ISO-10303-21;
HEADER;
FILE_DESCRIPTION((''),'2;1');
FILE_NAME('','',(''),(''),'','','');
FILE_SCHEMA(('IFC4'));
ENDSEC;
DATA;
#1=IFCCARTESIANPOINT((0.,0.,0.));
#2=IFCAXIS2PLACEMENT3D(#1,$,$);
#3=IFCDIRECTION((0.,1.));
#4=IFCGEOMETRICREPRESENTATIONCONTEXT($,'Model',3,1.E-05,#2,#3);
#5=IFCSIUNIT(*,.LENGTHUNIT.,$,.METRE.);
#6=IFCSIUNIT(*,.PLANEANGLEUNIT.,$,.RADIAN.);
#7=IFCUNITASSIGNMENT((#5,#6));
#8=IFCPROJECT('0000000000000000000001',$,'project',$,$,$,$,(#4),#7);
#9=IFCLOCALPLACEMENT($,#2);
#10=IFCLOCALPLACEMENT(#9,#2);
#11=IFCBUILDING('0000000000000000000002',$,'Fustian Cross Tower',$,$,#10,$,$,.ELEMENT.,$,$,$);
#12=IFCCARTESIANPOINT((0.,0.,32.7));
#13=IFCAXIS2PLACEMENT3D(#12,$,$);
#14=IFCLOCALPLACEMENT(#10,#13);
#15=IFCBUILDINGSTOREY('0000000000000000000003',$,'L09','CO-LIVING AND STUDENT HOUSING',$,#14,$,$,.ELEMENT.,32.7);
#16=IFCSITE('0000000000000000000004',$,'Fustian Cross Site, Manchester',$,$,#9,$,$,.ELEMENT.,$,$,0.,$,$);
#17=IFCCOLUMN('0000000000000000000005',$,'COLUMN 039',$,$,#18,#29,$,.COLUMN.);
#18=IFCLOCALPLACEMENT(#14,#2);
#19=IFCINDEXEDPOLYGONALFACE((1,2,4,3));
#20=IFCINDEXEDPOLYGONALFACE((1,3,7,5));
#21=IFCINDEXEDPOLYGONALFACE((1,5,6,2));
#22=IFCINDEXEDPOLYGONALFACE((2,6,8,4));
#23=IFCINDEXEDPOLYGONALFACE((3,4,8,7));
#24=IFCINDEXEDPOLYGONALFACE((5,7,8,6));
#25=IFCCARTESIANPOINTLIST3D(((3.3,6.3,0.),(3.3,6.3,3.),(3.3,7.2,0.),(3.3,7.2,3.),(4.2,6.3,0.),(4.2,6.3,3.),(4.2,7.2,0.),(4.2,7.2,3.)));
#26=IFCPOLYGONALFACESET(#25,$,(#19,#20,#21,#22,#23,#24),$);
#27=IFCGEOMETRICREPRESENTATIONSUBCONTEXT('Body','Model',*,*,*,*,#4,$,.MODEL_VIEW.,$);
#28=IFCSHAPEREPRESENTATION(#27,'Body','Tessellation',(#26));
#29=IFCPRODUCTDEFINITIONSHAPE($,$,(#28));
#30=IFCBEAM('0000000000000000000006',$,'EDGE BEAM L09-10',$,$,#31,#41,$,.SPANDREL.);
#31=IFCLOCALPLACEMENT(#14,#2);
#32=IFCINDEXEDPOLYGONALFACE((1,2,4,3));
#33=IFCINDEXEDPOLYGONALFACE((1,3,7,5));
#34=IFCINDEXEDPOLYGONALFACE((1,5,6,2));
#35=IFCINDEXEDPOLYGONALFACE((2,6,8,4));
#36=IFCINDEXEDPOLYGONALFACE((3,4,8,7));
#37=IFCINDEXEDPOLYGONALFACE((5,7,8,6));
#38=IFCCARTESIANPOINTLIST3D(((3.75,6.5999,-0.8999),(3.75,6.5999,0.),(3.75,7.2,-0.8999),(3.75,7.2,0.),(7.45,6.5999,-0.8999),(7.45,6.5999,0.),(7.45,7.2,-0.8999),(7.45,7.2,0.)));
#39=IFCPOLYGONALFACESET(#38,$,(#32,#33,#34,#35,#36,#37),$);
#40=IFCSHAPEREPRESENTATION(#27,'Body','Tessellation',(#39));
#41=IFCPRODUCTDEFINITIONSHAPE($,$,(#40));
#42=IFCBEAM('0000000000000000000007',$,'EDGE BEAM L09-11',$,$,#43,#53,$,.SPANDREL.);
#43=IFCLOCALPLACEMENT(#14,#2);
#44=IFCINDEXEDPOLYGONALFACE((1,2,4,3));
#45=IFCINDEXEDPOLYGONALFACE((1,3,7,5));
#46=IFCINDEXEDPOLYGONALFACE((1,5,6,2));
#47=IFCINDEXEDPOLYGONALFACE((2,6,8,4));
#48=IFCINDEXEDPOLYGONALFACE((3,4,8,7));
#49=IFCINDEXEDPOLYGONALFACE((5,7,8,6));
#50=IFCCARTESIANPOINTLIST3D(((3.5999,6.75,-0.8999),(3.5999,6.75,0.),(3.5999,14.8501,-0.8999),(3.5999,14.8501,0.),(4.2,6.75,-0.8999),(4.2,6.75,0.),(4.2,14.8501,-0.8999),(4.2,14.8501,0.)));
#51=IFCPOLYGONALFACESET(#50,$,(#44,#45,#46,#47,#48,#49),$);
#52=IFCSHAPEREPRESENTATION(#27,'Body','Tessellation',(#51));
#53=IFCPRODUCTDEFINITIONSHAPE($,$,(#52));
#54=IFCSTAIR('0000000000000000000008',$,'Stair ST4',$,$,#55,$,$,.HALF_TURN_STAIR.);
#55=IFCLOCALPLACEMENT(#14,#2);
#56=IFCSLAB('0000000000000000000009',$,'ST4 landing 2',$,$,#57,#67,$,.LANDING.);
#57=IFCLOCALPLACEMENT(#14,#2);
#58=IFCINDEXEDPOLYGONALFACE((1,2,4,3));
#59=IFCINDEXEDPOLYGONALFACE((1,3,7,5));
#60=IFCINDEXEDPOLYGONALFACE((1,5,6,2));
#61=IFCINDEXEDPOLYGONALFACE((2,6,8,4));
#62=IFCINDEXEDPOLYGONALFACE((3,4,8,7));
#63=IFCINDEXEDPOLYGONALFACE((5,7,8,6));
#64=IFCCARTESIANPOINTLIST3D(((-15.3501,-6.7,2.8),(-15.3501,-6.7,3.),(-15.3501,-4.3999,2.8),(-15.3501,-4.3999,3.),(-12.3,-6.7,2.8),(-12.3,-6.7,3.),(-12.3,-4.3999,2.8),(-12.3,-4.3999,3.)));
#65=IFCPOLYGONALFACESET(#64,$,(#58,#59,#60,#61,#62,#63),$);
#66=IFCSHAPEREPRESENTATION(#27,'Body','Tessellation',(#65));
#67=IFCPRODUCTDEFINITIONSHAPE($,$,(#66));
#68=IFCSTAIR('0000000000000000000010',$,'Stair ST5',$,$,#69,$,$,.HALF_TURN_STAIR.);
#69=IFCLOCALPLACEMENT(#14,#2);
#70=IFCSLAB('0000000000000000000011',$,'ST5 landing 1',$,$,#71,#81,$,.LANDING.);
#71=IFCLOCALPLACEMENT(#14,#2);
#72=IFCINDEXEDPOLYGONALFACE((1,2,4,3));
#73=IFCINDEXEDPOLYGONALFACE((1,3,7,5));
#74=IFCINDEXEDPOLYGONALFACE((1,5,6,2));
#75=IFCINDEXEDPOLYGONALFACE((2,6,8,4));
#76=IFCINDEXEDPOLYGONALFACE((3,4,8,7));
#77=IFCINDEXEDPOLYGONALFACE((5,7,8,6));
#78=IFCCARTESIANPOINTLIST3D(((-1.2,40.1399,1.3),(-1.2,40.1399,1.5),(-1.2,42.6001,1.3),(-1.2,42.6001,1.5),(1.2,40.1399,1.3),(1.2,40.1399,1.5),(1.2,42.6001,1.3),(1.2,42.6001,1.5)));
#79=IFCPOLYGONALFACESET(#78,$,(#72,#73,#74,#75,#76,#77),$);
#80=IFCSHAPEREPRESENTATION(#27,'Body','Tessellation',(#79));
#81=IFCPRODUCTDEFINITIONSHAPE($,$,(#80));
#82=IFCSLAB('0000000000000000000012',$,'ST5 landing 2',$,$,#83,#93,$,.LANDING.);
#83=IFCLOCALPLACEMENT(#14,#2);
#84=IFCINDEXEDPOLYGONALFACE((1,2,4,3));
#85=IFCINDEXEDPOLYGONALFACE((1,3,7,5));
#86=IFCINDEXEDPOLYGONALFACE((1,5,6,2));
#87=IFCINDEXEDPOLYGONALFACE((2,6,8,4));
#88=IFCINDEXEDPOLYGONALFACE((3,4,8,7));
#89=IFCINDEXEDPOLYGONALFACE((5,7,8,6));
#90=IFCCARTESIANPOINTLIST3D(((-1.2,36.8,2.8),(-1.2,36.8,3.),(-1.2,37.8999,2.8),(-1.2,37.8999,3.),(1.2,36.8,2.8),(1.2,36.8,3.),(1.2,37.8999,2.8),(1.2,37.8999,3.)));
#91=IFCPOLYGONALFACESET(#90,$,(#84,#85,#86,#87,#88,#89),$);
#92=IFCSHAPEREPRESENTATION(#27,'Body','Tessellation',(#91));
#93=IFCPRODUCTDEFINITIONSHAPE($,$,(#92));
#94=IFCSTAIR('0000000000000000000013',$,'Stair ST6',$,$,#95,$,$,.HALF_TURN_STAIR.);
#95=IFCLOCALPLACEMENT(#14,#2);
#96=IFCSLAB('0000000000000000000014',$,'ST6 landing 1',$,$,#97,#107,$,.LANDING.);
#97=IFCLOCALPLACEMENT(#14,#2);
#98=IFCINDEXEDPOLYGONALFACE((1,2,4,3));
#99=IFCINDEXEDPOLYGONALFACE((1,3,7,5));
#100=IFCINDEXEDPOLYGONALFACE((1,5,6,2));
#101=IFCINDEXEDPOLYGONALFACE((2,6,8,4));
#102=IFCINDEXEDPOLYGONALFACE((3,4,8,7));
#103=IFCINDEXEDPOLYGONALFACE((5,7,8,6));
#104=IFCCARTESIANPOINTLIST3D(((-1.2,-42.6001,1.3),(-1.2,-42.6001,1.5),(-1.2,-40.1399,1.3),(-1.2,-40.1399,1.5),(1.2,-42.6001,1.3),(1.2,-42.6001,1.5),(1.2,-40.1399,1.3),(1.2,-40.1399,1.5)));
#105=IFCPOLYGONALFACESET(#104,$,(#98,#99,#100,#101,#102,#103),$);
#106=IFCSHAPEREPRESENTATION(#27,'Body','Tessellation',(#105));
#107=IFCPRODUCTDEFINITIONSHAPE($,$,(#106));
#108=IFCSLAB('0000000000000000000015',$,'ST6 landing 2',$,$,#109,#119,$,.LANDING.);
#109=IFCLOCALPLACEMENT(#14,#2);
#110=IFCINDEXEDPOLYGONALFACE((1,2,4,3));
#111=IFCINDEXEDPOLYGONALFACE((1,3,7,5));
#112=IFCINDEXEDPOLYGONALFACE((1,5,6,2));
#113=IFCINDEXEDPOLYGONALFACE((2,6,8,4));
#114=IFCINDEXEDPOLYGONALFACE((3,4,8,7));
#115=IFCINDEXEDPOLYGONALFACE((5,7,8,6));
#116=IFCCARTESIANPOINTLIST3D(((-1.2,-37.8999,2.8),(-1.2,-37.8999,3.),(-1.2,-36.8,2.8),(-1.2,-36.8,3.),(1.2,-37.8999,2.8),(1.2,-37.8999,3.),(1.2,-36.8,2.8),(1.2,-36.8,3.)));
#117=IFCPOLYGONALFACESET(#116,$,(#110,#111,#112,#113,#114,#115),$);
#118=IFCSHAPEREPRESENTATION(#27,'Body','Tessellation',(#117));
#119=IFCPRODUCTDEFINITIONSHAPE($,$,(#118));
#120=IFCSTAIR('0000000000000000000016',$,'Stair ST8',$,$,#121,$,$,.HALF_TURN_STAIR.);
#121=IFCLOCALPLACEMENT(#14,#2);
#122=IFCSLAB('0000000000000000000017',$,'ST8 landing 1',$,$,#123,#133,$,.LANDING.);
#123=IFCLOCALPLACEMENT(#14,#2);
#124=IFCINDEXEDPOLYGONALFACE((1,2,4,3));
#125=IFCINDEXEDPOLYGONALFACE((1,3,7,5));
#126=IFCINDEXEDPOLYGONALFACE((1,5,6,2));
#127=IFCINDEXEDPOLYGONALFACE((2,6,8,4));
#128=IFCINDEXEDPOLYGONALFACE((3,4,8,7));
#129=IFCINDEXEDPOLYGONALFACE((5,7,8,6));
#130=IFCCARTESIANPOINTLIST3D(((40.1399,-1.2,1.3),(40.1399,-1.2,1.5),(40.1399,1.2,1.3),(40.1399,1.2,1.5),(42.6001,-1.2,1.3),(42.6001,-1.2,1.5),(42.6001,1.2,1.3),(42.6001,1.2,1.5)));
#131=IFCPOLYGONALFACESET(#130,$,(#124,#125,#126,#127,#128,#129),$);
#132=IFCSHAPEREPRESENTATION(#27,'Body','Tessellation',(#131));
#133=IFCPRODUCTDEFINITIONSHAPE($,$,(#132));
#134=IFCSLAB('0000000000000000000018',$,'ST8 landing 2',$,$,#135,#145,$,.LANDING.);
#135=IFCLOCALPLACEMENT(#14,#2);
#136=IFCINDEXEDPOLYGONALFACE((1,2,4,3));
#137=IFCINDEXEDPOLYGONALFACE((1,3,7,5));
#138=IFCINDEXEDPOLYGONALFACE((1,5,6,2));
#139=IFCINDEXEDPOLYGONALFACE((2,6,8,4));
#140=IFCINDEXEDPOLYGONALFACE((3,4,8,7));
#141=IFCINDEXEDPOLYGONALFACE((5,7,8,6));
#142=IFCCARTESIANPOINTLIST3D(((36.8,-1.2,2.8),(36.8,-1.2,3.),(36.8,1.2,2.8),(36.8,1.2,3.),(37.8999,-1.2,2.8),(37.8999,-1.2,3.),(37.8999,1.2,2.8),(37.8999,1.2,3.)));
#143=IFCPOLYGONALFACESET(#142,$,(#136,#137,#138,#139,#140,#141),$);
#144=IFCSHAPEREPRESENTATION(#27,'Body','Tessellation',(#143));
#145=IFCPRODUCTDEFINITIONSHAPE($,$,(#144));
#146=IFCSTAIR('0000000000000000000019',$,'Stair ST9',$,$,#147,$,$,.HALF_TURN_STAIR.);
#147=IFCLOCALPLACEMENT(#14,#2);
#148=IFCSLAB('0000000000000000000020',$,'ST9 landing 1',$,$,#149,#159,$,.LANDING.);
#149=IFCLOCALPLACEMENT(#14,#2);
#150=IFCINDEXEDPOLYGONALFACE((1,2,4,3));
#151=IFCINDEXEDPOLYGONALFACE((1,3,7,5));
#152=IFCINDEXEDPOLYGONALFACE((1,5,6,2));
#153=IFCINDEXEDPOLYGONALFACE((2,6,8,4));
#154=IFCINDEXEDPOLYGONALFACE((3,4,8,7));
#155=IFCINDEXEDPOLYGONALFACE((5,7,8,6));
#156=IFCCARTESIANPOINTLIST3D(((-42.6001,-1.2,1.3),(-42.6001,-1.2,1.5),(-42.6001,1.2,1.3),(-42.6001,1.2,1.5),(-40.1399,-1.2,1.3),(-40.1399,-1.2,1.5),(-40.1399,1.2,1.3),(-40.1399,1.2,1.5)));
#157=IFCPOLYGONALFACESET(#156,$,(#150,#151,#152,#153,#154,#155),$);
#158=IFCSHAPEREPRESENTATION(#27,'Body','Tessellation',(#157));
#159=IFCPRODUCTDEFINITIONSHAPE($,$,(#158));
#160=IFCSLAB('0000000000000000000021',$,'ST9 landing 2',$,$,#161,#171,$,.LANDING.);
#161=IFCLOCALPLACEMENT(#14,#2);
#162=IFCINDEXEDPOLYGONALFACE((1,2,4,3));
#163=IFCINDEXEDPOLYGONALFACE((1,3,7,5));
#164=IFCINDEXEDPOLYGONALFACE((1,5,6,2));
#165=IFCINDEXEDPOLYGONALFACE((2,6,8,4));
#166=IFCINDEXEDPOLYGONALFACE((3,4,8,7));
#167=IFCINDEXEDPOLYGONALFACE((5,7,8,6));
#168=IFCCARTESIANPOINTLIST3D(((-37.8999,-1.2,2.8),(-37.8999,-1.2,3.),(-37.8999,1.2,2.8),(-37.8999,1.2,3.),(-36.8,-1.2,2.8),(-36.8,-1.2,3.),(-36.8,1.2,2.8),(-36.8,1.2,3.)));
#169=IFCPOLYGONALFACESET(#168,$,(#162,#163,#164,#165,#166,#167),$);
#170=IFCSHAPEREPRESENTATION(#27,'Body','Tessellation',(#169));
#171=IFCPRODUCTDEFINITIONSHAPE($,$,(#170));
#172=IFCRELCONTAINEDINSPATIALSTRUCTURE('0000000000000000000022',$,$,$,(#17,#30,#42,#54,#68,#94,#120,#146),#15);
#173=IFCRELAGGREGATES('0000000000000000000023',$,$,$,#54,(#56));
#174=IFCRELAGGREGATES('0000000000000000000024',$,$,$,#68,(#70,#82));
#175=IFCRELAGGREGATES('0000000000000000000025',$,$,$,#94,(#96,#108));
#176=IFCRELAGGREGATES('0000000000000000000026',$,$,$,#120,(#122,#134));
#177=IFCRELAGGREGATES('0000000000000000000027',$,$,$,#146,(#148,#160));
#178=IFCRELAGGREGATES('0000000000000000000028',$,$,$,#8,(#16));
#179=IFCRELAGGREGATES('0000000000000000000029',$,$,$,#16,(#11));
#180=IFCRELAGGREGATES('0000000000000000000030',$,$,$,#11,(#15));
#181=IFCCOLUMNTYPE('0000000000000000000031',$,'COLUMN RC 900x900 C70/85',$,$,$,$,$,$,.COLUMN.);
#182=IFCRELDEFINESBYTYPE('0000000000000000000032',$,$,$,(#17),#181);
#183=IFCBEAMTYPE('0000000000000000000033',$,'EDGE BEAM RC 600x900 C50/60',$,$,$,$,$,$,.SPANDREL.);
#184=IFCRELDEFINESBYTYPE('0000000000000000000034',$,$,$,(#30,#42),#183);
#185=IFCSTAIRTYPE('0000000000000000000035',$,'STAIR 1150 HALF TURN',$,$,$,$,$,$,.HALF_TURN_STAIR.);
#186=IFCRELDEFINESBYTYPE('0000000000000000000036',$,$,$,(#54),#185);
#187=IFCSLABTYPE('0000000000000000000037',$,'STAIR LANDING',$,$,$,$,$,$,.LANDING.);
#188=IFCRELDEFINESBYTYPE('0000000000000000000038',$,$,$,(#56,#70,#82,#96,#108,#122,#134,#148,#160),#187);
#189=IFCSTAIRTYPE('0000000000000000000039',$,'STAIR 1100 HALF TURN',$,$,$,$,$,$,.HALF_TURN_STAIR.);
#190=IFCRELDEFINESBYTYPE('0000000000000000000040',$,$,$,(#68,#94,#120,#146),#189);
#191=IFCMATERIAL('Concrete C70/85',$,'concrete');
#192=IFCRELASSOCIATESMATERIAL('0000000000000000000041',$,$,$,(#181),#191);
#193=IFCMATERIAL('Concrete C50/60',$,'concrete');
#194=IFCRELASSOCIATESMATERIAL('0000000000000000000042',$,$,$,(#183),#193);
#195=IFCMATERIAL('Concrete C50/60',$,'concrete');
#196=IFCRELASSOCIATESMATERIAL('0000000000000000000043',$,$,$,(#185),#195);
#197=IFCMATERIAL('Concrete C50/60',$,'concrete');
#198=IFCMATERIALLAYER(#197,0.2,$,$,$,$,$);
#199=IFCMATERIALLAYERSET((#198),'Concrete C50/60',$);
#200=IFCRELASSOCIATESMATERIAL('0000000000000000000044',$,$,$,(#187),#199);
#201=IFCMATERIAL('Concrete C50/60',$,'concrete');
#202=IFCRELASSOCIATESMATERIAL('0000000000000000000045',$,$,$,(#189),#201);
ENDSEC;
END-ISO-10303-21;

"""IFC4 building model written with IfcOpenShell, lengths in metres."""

from ifc_helpers import new_model, si_unit, direction, frame, origin, origin_2d, place, context, subcontext, project, spatial, polyline, rectangle, outline, extrude, material, layer, layer_set, material_profile, profile_set, type_object, element, aggregate, save


model = new_model("IFC4")

# Units and contexts
model_context = context("Model", 3, precision=1e-05, world=origin(), true_north=direction((0.0, 1.0)))
body_context = subcontext(model_context, "Body", "Model", "MODEL_VIEW")
ifc_project = project(units=[si_unit("LENGTHUNIT", "METRE"), si_unit("PLANEANGLEUNIT", "RADIAN")], contexts=[model_context])

# Site, building, storey
site_placement = place(None, origin())
site = spatial("IfcSite", under=ifc_project, at=site_placement, Name="Fustian Cross Site, Manchester", CompositionType="ELEMENT", RefElevation=0.0)
building_placement = place(site_placement, origin())
building = spatial("IfcBuilding", under=site, at=building_placement, Name="Fustian Cross Tower", CompositionType="ELEMENT")
storey_placement = place(building_placement, frame((0.0, 0.0, 32.7)))
storey = spatial("IfcBuildingStorey", under=building, at=storey_placement, Name="L09", Description="CO-LIVING AND STUDENT HOUSING", CompositionType="ELEMENT", Elevation=32.7)

# Column
ifc_material_1 = material(Name="Concrete C70/85", Category="concrete")
ifc_material_profile_1 = material_profile(ifc_material_1, rectangle(XDim=0.8999, YDim=0.8999, at=origin_2d()), Name="RC 900x900")
ifc_profile_set_1 = profile_set([ifc_material_profile_1], Name="Concrete C70/85")
column_type = type_object("IfcColumnType", Name="COLUMN RC 900x900 C70/85", PredefinedType="COLUMN", material=ifc_profile_set_1)
column_placement = place(storey_placement, frame((3.75, 6.75, 0.0), z_axis=(0.0, 0.0, 1.0), x_axis=(1.0, 0.0, 0.0)))
element("IfcColumn", 1, at=column_placement, inside=storey, type_object=column_type, Name="COLUMN 039", PredefinedType="COLUMN", context=body_context, shape_type="SweptSolid", body=[
    extrude(rectangle(XDim=0.8999, YDim=0.8999, at=origin_2d()), origin(), (0.0, 0.0, 1.0), 3.0),
])

# Beams
ifc_material_2 = material(Name="Concrete C50/60", Category="concrete")
ifc_material_profile_2 = material_profile(ifc_material_2, rectangle(XDim=0.6001, YDim=0.8999, at=origin_2d()), Name="RC 600x900")
ifc_profile_set_2 = profile_set([ifc_material_profile_2], Name="Concrete C50/60")
beam_type = type_object("IfcBeamType", Name="EDGE BEAM RC 600x900 C50/60", PredefinedType="SPANDREL", material=ifc_profile_set_2)
beam_1_placement = place(storey_placement, frame((7.45, 6.8999, -0.45), z_axis=(-1.0, 0.0, 0.0), x_axis=(0.0, -1.0, 0.0)))
element("IfcBeam", 2, at=beam_1_placement, inside=storey, type_object=beam_type, Name="EDGE BEAM L09-10", PredefinedType="SPANDREL", context=body_context, shape_type="SweptSolid", body=[
    extrude(rectangle(XDim=0.6001, YDim=0.8999, at=origin_2d()), origin(), (0.0, 0.0, 1.0), 3.7),
])
beam_2_placement = place(storey_placement, frame((3.8999, 6.75, -0.45), z_axis=(0.0, 1.0, 0.0), x_axis=(-1.0, 0.0, 0.0)))
element("IfcBeam", 3, at=beam_2_placement, inside=storey, type_object=beam_type, Name="EDGE BEAM L09-11", PredefinedType="SPANDREL", context=body_context, shape_type="SweptSolid", body=[
    extrude(rectangle(XDim=0.6001, YDim=0.8999, at=origin_2d()), origin(), (0.0, 0.0, 1.0), 8.1001),
])

# Stair, slab
ifc_material_3 = material(Name="Concrete C50/60", Category="concrete")
stair_type_1 = type_object("IfcStairType", Name="STAIR 1150 HALF TURN", PredefinedType="HALF_TURN_STAIR", material=ifc_material_3)
stair_1_placement = place(storey_placement, origin())
stair_1 = element("IfcStair", 4, at=stair_1_placement, inside=storey, type_object=stair_type_1, Name="Stair ST4", PredefinedType="HALF_TURN_STAIR")
ifc_material_4 = material(Name="Concrete C50/60", Category="concrete")
ifc_layer_1 = layer(ifc_material_4, 0.2)
ifc_layer_set_1 = layer_set([ifc_layer_1], Name="Concrete C50/60")
slab_type = type_object("IfcSlabType", Name="STAIR LANDING", PredefinedType="LANDING", material=ifc_layer_set_1)
slab_1_placement = place(storey_placement, frame((0.0, 0.0, 2.8)))
slab_1 = element("IfcSlab", 5, at=slab_1_placement, type_object=slab_type, Name="ST4 landing 2", PredefinedType="LANDING", context=body_context, shape_type="SweptSolid", body=[
    extrude(outline(polyline([(-12.3, -4.3999), (-15.3501, -4.3999), (-15.3501, -6.7), (-12.3, -6.7), (-12.3, -4.3999)])), origin(), (0.0, 0.0, 1.0), 0.2),
])
aggregate(stair_1, [slab_1])

# Stairs, slabs
ifc_material_5 = material(Name="Concrete C50/60", Category="concrete")
stair_type_2 = type_object("IfcStairType", Name="STAIR 1100 HALF TURN", PredefinedType="HALF_TURN_STAIR", material=ifc_material_5)
stair_2_placement = place(storey_placement, origin())
stair_2 = element("IfcStair", 6, at=stair_2_placement, inside=storey, type_object=stair_type_2, Name="Stair ST5", PredefinedType="HALF_TURN_STAIR")
slab_2_placement = place(storey_placement, frame((0.0, 0.0, 1.3)))
slab_2 = element("IfcSlab", 7, at=slab_2_placement, type_object=slab_type, Name="ST5 landing 1", PredefinedType="LANDING", context=body_context, shape_type="SweptSolid", body=[
    extrude(outline(polyline([(-1.2, 40.1399), (-1.2, 42.6001), (1.2, 42.6001), (1.2, 40.1399), (-1.2, 40.1399)])), origin(), (0.0, 0.0, 1.0), 0.2),
])
slab_3_placement = place(storey_placement, frame((0.0, 0.0, 2.8)))
slab_3 = element("IfcSlab", 8, at=slab_3_placement, type_object=slab_type, Name="ST5 landing 2", PredefinedType="LANDING", context=body_context, shape_type="SweptSolid", body=[
    extrude(outline(polyline([(-1.2, 36.8), (-1.2, 37.8999), (1.2, 37.8999), (1.2, 36.8), (-1.2, 36.8)])), origin(), (0.0, 0.0, 1.0), 0.2),
])
aggregate(stair_2, [slab_2, slab_3])
stair_3_placement = place(storey_placement, origin())
stair_3 = element("IfcStair", 9, at=stair_3_placement, inside=storey, type_object=stair_type_2, Name="Stair ST6", PredefinedType="HALF_TURN_STAIR")
slab_4_placement = place(storey_placement, frame((0.0, 0.0, 1.3)))
slab_4 = element("IfcSlab", 10, at=slab_4_placement, type_object=slab_type, Name="ST6 landing 1", PredefinedType="LANDING", context=body_context, shape_type="SweptSolid", body=[
    extrude(outline(polyline([(-1.2, -40.1399), (-1.2, -42.6001), (1.2, -42.6001), (1.2, -40.1399), (-1.2, -40.1399)])), origin(), (0.0, 0.0, 1.0), 0.2),
])
slab_5_placement = place(storey_placement, frame((0.0, 0.0, 2.8)))
slab_5 = element("IfcSlab", 11, at=slab_5_placement, type_object=slab_type, Name="ST6 landing 2", PredefinedType="LANDING", context=body_context, shape_type="SweptSolid", body=[
    extrude(outline(polyline([(-1.2, -36.8), (-1.2, -37.8999), (1.2, -37.8999), (1.2, -36.8), (-1.2, -36.8)])), origin(), (0.0, 0.0, 1.0), 0.2),
])
aggregate(stair_3, [slab_4, slab_5])
stair_4_placement = place(storey_placement, origin())
stair_4 = element("IfcStair", 12, at=stair_4_placement, inside=storey, type_object=stair_type_2, Name="Stair ST8", PredefinedType="HALF_TURN_STAIR")
slab_6_placement = place(storey_placement, frame((0.0, 0.0, 1.3)))
slab_6 = element("IfcSlab", 13, at=slab_6_placement, type_object=slab_type, Name="ST8 landing 1", PredefinedType="LANDING", context=body_context, shape_type="SweptSolid", body=[
    extrude(outline(polyline([(40.1399, -1.2), (42.6001, -1.2), (42.6001, 1.2), (40.1399, 1.2), (40.1399, -1.2)])), origin(), (0.0, 0.0, 1.0), 0.2),
])
slab_7_placement = place(storey_placement, frame((0.0, 0.0, 2.8)))
slab_7 = element("IfcSlab", 14, at=slab_7_placement, type_object=slab_type, Name="ST8 landing 2", PredefinedType="LANDING", context=body_context, shape_type="SweptSolid", body=[
    extrude(outline(polyline([(36.8, -1.2), (37.8999, -1.2), (37.8999, 1.2), (36.8, 1.2), (36.8, -1.2)])), origin(), (0.0, 0.0, 1.0), 0.2),
])
aggregate(stair_4, [slab_6, slab_7])
stair_5_placement = place(storey_placement, origin())
stair_5 = element("IfcStair", 15, at=stair_5_placement, inside=storey, type_object=stair_type_2, Name="Stair ST9", PredefinedType="HALF_TURN_STAIR")
slab_8_placement = place(storey_placement, frame((0.0, 0.0, 1.3)))
slab_8 = element("IfcSlab", 16, at=slab_8_placement, type_object=slab_type, Name="ST9 landing 1", PredefinedType="LANDING", context=body_context, shape_type="SweptSolid", body=[
    extrude(outline(polyline([(-40.1399, -1.2), (-42.6001, -1.2), (-42.6001, 1.2), (-40.1399, 1.2), (-40.1399, -1.2)])), origin(), (0.0, 0.0, 1.0), 0.2),
])
slab_9_placement = place(storey_placement, frame((0.0, 0.0, 2.8)))
slab_9 = element("IfcSlab", 17, at=slab_9_placement, type_object=slab_type, Name="ST9 landing 2", PredefinedType="LANDING", context=body_context, shape_type="SweptSolid", body=[
    extrude(outline(polyline([(-36.8, -1.2), (-37.8999, -1.2), (-37.8999, 1.2), (-36.8, 1.2), (-36.8, -1.2)])), origin(), (0.0, 0.0, 1.0), 0.2),
])
aggregate(stair_5, [slab_8, slab_9])

save(model, "model.ifc")
